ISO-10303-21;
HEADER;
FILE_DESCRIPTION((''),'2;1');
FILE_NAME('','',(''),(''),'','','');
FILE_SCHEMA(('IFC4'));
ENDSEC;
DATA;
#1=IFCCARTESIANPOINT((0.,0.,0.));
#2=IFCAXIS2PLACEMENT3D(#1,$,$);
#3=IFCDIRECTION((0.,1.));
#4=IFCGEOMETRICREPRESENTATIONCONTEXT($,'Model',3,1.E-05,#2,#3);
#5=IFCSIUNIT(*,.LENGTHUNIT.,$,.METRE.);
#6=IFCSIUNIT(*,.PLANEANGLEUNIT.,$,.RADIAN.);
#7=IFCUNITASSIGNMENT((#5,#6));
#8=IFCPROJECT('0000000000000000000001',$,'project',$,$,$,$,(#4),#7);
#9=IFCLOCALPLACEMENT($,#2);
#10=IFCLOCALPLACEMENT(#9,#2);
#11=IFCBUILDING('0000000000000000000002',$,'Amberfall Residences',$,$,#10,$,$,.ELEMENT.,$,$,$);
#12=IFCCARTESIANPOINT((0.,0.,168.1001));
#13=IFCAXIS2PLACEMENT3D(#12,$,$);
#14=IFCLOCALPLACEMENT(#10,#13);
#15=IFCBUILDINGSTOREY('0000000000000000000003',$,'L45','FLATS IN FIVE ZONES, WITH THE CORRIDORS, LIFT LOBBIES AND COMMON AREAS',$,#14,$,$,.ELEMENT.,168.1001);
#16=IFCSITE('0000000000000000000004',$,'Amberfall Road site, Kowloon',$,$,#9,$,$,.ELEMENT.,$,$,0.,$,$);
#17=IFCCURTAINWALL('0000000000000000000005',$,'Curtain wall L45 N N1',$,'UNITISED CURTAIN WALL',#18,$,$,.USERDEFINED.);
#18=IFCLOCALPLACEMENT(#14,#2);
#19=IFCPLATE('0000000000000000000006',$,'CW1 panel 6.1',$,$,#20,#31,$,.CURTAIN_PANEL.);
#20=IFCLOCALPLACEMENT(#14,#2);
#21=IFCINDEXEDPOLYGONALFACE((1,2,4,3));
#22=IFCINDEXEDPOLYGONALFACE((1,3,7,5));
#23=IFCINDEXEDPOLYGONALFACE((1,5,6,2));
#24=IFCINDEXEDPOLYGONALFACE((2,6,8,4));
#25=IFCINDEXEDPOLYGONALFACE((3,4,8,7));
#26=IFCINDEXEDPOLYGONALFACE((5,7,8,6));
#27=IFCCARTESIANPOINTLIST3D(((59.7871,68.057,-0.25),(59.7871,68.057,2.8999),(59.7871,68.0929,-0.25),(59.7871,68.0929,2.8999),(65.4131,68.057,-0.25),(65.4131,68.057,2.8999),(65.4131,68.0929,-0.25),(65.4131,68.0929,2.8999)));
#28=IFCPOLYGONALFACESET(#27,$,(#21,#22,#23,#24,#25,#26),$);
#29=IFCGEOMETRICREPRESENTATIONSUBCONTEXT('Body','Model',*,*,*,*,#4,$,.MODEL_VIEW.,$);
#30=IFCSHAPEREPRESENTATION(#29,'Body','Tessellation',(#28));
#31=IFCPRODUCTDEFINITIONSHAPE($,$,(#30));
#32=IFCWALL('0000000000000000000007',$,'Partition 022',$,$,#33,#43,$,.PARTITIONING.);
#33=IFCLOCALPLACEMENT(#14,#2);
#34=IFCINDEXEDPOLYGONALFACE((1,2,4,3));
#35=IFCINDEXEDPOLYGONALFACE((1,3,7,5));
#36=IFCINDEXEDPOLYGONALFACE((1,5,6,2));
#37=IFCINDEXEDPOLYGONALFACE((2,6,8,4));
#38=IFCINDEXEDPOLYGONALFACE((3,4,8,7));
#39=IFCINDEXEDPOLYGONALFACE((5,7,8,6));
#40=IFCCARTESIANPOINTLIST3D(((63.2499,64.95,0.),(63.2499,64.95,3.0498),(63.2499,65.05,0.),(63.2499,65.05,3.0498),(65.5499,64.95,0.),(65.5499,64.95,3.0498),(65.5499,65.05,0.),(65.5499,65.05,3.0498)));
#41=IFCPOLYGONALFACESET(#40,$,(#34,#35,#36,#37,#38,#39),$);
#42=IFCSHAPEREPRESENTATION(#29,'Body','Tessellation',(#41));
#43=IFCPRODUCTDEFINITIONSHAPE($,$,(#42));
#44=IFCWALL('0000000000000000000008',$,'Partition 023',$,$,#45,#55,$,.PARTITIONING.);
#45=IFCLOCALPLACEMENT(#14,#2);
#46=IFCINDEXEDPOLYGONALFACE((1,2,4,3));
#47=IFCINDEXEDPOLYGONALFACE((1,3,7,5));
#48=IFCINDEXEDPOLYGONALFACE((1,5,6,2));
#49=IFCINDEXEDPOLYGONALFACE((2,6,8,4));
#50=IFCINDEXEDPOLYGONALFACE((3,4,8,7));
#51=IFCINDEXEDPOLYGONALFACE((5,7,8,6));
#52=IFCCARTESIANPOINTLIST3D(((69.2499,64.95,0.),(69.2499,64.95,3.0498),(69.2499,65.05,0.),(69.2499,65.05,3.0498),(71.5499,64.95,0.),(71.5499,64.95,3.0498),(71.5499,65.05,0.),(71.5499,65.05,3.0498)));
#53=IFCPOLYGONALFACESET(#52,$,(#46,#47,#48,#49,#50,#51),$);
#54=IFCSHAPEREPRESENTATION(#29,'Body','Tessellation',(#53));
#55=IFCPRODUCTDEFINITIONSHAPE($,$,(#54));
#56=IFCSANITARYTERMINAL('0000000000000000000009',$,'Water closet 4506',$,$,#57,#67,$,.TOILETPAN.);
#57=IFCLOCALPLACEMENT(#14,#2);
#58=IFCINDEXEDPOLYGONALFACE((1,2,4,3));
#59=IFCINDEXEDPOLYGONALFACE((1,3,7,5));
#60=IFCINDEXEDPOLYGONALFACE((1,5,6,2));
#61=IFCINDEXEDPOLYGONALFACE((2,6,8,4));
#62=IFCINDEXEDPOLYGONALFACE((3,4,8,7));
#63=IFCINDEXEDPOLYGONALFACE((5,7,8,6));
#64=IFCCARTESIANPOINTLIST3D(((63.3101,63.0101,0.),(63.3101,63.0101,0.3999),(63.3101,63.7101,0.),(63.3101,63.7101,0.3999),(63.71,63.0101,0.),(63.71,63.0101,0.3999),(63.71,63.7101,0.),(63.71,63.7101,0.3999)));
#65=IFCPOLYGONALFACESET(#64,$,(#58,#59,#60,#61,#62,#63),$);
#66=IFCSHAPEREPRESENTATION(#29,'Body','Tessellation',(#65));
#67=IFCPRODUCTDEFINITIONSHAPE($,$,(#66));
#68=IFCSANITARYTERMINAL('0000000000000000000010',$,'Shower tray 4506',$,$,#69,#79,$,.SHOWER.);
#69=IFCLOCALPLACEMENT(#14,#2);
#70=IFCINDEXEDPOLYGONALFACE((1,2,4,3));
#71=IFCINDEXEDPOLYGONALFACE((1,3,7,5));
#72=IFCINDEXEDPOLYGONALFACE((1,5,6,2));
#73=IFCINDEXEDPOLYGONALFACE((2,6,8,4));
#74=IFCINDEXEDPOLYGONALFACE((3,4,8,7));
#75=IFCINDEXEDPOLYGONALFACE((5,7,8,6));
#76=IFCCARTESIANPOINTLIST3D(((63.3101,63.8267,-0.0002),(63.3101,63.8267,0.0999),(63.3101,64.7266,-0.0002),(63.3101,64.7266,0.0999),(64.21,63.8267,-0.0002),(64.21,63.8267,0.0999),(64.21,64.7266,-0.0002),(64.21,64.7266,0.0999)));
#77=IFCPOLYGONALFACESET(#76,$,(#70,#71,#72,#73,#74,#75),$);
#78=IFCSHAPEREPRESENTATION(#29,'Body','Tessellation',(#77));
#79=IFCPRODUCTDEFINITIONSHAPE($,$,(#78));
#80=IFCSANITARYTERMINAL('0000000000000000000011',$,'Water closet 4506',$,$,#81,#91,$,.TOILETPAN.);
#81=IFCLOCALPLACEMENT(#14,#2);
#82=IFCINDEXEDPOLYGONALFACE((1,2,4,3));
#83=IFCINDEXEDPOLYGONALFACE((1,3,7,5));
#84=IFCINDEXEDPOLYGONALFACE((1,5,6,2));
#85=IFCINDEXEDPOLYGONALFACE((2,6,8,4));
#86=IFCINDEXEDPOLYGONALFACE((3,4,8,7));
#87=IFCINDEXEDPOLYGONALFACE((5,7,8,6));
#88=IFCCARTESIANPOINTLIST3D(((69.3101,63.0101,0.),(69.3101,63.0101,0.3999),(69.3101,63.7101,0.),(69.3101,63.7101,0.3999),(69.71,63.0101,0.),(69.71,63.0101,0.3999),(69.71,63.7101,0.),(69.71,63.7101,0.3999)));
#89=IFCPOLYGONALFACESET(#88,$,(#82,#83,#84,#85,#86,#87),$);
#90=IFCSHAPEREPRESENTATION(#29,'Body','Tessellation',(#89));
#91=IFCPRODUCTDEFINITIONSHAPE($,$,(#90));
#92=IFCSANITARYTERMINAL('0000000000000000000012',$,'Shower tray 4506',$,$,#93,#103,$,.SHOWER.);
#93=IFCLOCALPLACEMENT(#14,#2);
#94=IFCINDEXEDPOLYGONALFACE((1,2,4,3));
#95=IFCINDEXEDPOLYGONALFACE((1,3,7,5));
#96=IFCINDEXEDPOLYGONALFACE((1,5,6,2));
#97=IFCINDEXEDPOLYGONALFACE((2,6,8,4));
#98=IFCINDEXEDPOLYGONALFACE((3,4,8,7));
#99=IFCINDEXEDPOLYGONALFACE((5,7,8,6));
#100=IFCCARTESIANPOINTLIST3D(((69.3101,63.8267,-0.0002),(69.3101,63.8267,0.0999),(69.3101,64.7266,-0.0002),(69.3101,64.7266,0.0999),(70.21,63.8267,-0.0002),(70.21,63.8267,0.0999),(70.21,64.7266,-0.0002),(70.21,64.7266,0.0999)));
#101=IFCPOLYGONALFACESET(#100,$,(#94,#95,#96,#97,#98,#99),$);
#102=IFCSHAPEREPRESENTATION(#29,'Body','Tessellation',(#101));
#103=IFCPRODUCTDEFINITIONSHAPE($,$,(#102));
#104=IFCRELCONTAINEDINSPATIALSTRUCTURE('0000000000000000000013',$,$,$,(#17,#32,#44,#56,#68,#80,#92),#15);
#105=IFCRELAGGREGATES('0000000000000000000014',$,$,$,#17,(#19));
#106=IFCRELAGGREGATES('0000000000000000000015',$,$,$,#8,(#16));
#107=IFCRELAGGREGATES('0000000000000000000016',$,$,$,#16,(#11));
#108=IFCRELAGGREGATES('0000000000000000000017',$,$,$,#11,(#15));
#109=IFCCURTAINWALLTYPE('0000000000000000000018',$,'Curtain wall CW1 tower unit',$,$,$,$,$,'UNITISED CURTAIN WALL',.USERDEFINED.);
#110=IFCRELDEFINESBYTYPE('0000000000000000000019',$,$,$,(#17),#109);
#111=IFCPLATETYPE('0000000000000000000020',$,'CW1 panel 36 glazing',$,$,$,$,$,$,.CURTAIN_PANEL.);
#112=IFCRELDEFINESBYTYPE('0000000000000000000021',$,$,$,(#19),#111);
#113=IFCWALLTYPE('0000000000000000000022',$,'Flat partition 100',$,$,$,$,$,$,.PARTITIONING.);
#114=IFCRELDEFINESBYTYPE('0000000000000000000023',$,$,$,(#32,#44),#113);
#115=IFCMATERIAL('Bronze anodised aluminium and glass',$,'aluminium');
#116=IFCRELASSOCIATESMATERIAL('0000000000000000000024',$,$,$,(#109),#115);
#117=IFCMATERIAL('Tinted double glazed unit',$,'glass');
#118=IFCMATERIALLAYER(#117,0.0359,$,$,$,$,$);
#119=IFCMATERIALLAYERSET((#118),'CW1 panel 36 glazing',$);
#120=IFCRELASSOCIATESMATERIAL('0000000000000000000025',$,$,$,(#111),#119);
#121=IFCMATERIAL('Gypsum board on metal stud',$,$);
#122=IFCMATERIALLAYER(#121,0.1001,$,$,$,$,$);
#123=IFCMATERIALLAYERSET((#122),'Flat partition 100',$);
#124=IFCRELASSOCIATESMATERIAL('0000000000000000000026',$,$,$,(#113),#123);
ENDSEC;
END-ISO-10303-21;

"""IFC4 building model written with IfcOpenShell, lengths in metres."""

from ifc_helpers import new_model, si_unit, direction, frame, frame_2d, origin, origin_2d, place, context, subcontext, project, spatial, rectangle, extrude, material, layer, layer_set, type_object, element, aggregate, save


model = new_model("IFC4")

# Units and contexts
model_context = context("Model", 3, precision=1e-05, world=origin(), true_north=direction((0.0, 1.0)))
body_context = subcontext(model_context, "Body", "Model", "MODEL_VIEW")
ifc_project = project(units=[si_unit("LENGTHUNIT", "METRE"), si_unit("PLANEANGLEUNIT", "RADIAN")], contexts=[model_context])

# Site, building, storey
site_placement = place(None, origin())
site = spatial("IfcSite", under=ifc_project, at=site_placement, Name="Amberfall Road site, Kowloon", CompositionType="ELEMENT", RefElevation=0.0)
building_placement = place(site_placement, origin())
building = spatial("IfcBuilding", under=site, at=building_placement, Name="Amberfall Residences", CompositionType="ELEMENT")
storey_placement = place(building_placement, frame((0.0, 0.0, 168.1001)))
storey = spatial("IfcBuildingStorey", under=building, at=storey_placement, Name="L45", Description="FLATS IN FIVE ZONES, WITH THE CORRIDORS, LIFT LOBBIES AND COMMON AREAS", CompositionType="ELEMENT", Elevation=168.1001)

# Curtain wall
ifc_material_1 = material(Name="Bronze anodised aluminium and glass", Category="aluminium")
curtain_wall_type = type_object("IfcCurtainWallType", Name="Curtain wall CW1 tower unit", ElementType="UNITISED CURTAIN WALL", PredefinedType="USERDEFINED", material=ifc_material_1)
curtain_wall_placement = place(storey_placement, origin())
curtain_wall = element("IfcCurtainWall", 1, at=curtain_wall_placement, inside=storey, type_object=curtain_wall_type, Name="Curtain wall L45 N N1", ObjectType="UNITISED CURTAIN WALL", PredefinedType="USERDEFINED")

# Plate
ifc_material_2 = material(Name="Tinted double glazed unit", Category="glass")
ifc_layer_1 = layer(ifc_material_2, 0.0359)
ifc_layer_set_1 = layer_set([ifc_layer_1], Name="CW1 panel 36 glazing")
plate_type = type_object("IfcPlateType", Name="CW1 panel 36 glazing", PredefinedType="CURTAIN_PANEL", material=ifc_layer_set_1)
plate_1_placement = place(storey_placement, frame((62.6001, 68.075, -0.25), z_axis=(0.0, 0.0, 1.0), x_axis=(-1.0, 0.0, 0.0)))
plate_1 = element("IfcPlate", 2, at=plate_1_placement, type_object=plate_type, Name="CW1 panel 6.1", PredefinedType="CURTAIN_PANEL", context=body_context, shape_type="SweptSolid", body=[
    extrude(rectangle(XDim=5.626, YDim=0.0359, at=origin_2d()), origin(), (0.0, 0.0, 1.0), 3.1499),
])
aggregate(curtain_wall, [plate_1])

# Walls
ifc_material_3 = material(Name="Gypsum board on metal stud")
ifc_layer_2 = layer(ifc_material_3, 0.1001)
ifc_layer_set_2 = layer_set([ifc_layer_2], Name="Flat partition 100")
wall_type = type_object("IfcWallType", Name="Flat partition 100", PredefinedType="PARTITIONING", material=ifc_layer_set_2)
for number, where, z_axis, x_axis, name in (
    (3, (63.25, 65.0, 0.0), (0.0, 0.0, 1.0), (1.0, 0.0, 0.0), "Partition 022"),
    (4, (69.25, 65.0, 0.0), (0.0, 0.0, 1.0), (1.0, 0.0, 0.0), "Partition 023"),
):
    element("IfcWall", number, at=place(storey_placement, frame(where, z_axis=z_axis, x_axis=x_axis)), inside=storey, type_object=wall_type, Name=name, PredefinedType="PARTITIONING", context=body_context, shape_type="SweptSolid", body=[
        extrude(rectangle(XDim=2.3, YDim=0.1001, at=frame_2d((1.1499, 0.0))), origin(), (0.0, 0.0, 1.0), 3.0498),
    ])

# Sanitary terminals
sanitary_terminal_1_placement = place(storey_placement, frame((63.51, 63.3601, 0.0), z_axis=(0.0, 0.0, 1.0), x_axis=(1.0, 0.0, 0.0)))
element("IfcSanitaryTerminal", 5, at=sanitary_terminal_1_placement, inside=storey, Name="Water closet 4506", PredefinedType="TOILETPAN", context=body_context, shape_type="SweptSolid", body=[
    extrude(rectangle(XDim=0.3999, YDim=0.7, at=origin_2d()), origin(), (0.0, 0.0, 1.0), 0.3999),
])
sanitary_terminal_2_placement = place(storey_placement, frame((63.76, 64.2766, -0.0002), z_axis=(0.0, 0.0, 1.0), x_axis=(1.0, 0.0, 0.0)))
element("IfcSanitaryTerminal", 6, at=sanitary_terminal_2_placement, inside=storey, Name="Shower tray 4506", PredefinedType="SHOWER", context=body_context, shape_type="SweptSolid", body=[
    extrude(rectangle(XDim=0.8999, YDim=0.8999, at=origin_2d()), origin(), (0.0, 0.0, 1.0), 0.1001),
])
sanitary_terminal_3_placement = place(storey_placement, frame((69.51, 63.3601, 0.0), z_axis=(0.0, 0.0, 1.0), x_axis=(1.0, 0.0, 0.0)))
element("IfcSanitaryTerminal", 7, at=sanitary_terminal_3_placement, inside=storey, Name="Water closet 4506", PredefinedType="TOILETPAN", context=body_context, shape_type="SweptSolid", body=[
    extrude(rectangle(XDim=0.3999, YDim=0.7, at=origin_2d()), origin(), (0.0, 0.0, 1.0), 0.3999),
])
sanitary_terminal_4_placement = place(storey_placement, frame((69.76, 64.2766, -0.0002), z_axis=(0.0, 0.0, 1.0), x_axis=(1.0, 0.0, 0.0)))
element("IfcSanitaryTerminal", 8, at=sanitary_terminal_4_placement, inside=storey, Name="Shower tray 4506", PredefinedType="SHOWER", context=body_context, shape_type="SweptSolid", body=[
    extrude(rectangle(XDim=0.8999, YDim=0.8999, at=origin_2d()), origin(), (0.0, 0.0, 1.0), 0.1001),
])

save(model, "model.ifc")
